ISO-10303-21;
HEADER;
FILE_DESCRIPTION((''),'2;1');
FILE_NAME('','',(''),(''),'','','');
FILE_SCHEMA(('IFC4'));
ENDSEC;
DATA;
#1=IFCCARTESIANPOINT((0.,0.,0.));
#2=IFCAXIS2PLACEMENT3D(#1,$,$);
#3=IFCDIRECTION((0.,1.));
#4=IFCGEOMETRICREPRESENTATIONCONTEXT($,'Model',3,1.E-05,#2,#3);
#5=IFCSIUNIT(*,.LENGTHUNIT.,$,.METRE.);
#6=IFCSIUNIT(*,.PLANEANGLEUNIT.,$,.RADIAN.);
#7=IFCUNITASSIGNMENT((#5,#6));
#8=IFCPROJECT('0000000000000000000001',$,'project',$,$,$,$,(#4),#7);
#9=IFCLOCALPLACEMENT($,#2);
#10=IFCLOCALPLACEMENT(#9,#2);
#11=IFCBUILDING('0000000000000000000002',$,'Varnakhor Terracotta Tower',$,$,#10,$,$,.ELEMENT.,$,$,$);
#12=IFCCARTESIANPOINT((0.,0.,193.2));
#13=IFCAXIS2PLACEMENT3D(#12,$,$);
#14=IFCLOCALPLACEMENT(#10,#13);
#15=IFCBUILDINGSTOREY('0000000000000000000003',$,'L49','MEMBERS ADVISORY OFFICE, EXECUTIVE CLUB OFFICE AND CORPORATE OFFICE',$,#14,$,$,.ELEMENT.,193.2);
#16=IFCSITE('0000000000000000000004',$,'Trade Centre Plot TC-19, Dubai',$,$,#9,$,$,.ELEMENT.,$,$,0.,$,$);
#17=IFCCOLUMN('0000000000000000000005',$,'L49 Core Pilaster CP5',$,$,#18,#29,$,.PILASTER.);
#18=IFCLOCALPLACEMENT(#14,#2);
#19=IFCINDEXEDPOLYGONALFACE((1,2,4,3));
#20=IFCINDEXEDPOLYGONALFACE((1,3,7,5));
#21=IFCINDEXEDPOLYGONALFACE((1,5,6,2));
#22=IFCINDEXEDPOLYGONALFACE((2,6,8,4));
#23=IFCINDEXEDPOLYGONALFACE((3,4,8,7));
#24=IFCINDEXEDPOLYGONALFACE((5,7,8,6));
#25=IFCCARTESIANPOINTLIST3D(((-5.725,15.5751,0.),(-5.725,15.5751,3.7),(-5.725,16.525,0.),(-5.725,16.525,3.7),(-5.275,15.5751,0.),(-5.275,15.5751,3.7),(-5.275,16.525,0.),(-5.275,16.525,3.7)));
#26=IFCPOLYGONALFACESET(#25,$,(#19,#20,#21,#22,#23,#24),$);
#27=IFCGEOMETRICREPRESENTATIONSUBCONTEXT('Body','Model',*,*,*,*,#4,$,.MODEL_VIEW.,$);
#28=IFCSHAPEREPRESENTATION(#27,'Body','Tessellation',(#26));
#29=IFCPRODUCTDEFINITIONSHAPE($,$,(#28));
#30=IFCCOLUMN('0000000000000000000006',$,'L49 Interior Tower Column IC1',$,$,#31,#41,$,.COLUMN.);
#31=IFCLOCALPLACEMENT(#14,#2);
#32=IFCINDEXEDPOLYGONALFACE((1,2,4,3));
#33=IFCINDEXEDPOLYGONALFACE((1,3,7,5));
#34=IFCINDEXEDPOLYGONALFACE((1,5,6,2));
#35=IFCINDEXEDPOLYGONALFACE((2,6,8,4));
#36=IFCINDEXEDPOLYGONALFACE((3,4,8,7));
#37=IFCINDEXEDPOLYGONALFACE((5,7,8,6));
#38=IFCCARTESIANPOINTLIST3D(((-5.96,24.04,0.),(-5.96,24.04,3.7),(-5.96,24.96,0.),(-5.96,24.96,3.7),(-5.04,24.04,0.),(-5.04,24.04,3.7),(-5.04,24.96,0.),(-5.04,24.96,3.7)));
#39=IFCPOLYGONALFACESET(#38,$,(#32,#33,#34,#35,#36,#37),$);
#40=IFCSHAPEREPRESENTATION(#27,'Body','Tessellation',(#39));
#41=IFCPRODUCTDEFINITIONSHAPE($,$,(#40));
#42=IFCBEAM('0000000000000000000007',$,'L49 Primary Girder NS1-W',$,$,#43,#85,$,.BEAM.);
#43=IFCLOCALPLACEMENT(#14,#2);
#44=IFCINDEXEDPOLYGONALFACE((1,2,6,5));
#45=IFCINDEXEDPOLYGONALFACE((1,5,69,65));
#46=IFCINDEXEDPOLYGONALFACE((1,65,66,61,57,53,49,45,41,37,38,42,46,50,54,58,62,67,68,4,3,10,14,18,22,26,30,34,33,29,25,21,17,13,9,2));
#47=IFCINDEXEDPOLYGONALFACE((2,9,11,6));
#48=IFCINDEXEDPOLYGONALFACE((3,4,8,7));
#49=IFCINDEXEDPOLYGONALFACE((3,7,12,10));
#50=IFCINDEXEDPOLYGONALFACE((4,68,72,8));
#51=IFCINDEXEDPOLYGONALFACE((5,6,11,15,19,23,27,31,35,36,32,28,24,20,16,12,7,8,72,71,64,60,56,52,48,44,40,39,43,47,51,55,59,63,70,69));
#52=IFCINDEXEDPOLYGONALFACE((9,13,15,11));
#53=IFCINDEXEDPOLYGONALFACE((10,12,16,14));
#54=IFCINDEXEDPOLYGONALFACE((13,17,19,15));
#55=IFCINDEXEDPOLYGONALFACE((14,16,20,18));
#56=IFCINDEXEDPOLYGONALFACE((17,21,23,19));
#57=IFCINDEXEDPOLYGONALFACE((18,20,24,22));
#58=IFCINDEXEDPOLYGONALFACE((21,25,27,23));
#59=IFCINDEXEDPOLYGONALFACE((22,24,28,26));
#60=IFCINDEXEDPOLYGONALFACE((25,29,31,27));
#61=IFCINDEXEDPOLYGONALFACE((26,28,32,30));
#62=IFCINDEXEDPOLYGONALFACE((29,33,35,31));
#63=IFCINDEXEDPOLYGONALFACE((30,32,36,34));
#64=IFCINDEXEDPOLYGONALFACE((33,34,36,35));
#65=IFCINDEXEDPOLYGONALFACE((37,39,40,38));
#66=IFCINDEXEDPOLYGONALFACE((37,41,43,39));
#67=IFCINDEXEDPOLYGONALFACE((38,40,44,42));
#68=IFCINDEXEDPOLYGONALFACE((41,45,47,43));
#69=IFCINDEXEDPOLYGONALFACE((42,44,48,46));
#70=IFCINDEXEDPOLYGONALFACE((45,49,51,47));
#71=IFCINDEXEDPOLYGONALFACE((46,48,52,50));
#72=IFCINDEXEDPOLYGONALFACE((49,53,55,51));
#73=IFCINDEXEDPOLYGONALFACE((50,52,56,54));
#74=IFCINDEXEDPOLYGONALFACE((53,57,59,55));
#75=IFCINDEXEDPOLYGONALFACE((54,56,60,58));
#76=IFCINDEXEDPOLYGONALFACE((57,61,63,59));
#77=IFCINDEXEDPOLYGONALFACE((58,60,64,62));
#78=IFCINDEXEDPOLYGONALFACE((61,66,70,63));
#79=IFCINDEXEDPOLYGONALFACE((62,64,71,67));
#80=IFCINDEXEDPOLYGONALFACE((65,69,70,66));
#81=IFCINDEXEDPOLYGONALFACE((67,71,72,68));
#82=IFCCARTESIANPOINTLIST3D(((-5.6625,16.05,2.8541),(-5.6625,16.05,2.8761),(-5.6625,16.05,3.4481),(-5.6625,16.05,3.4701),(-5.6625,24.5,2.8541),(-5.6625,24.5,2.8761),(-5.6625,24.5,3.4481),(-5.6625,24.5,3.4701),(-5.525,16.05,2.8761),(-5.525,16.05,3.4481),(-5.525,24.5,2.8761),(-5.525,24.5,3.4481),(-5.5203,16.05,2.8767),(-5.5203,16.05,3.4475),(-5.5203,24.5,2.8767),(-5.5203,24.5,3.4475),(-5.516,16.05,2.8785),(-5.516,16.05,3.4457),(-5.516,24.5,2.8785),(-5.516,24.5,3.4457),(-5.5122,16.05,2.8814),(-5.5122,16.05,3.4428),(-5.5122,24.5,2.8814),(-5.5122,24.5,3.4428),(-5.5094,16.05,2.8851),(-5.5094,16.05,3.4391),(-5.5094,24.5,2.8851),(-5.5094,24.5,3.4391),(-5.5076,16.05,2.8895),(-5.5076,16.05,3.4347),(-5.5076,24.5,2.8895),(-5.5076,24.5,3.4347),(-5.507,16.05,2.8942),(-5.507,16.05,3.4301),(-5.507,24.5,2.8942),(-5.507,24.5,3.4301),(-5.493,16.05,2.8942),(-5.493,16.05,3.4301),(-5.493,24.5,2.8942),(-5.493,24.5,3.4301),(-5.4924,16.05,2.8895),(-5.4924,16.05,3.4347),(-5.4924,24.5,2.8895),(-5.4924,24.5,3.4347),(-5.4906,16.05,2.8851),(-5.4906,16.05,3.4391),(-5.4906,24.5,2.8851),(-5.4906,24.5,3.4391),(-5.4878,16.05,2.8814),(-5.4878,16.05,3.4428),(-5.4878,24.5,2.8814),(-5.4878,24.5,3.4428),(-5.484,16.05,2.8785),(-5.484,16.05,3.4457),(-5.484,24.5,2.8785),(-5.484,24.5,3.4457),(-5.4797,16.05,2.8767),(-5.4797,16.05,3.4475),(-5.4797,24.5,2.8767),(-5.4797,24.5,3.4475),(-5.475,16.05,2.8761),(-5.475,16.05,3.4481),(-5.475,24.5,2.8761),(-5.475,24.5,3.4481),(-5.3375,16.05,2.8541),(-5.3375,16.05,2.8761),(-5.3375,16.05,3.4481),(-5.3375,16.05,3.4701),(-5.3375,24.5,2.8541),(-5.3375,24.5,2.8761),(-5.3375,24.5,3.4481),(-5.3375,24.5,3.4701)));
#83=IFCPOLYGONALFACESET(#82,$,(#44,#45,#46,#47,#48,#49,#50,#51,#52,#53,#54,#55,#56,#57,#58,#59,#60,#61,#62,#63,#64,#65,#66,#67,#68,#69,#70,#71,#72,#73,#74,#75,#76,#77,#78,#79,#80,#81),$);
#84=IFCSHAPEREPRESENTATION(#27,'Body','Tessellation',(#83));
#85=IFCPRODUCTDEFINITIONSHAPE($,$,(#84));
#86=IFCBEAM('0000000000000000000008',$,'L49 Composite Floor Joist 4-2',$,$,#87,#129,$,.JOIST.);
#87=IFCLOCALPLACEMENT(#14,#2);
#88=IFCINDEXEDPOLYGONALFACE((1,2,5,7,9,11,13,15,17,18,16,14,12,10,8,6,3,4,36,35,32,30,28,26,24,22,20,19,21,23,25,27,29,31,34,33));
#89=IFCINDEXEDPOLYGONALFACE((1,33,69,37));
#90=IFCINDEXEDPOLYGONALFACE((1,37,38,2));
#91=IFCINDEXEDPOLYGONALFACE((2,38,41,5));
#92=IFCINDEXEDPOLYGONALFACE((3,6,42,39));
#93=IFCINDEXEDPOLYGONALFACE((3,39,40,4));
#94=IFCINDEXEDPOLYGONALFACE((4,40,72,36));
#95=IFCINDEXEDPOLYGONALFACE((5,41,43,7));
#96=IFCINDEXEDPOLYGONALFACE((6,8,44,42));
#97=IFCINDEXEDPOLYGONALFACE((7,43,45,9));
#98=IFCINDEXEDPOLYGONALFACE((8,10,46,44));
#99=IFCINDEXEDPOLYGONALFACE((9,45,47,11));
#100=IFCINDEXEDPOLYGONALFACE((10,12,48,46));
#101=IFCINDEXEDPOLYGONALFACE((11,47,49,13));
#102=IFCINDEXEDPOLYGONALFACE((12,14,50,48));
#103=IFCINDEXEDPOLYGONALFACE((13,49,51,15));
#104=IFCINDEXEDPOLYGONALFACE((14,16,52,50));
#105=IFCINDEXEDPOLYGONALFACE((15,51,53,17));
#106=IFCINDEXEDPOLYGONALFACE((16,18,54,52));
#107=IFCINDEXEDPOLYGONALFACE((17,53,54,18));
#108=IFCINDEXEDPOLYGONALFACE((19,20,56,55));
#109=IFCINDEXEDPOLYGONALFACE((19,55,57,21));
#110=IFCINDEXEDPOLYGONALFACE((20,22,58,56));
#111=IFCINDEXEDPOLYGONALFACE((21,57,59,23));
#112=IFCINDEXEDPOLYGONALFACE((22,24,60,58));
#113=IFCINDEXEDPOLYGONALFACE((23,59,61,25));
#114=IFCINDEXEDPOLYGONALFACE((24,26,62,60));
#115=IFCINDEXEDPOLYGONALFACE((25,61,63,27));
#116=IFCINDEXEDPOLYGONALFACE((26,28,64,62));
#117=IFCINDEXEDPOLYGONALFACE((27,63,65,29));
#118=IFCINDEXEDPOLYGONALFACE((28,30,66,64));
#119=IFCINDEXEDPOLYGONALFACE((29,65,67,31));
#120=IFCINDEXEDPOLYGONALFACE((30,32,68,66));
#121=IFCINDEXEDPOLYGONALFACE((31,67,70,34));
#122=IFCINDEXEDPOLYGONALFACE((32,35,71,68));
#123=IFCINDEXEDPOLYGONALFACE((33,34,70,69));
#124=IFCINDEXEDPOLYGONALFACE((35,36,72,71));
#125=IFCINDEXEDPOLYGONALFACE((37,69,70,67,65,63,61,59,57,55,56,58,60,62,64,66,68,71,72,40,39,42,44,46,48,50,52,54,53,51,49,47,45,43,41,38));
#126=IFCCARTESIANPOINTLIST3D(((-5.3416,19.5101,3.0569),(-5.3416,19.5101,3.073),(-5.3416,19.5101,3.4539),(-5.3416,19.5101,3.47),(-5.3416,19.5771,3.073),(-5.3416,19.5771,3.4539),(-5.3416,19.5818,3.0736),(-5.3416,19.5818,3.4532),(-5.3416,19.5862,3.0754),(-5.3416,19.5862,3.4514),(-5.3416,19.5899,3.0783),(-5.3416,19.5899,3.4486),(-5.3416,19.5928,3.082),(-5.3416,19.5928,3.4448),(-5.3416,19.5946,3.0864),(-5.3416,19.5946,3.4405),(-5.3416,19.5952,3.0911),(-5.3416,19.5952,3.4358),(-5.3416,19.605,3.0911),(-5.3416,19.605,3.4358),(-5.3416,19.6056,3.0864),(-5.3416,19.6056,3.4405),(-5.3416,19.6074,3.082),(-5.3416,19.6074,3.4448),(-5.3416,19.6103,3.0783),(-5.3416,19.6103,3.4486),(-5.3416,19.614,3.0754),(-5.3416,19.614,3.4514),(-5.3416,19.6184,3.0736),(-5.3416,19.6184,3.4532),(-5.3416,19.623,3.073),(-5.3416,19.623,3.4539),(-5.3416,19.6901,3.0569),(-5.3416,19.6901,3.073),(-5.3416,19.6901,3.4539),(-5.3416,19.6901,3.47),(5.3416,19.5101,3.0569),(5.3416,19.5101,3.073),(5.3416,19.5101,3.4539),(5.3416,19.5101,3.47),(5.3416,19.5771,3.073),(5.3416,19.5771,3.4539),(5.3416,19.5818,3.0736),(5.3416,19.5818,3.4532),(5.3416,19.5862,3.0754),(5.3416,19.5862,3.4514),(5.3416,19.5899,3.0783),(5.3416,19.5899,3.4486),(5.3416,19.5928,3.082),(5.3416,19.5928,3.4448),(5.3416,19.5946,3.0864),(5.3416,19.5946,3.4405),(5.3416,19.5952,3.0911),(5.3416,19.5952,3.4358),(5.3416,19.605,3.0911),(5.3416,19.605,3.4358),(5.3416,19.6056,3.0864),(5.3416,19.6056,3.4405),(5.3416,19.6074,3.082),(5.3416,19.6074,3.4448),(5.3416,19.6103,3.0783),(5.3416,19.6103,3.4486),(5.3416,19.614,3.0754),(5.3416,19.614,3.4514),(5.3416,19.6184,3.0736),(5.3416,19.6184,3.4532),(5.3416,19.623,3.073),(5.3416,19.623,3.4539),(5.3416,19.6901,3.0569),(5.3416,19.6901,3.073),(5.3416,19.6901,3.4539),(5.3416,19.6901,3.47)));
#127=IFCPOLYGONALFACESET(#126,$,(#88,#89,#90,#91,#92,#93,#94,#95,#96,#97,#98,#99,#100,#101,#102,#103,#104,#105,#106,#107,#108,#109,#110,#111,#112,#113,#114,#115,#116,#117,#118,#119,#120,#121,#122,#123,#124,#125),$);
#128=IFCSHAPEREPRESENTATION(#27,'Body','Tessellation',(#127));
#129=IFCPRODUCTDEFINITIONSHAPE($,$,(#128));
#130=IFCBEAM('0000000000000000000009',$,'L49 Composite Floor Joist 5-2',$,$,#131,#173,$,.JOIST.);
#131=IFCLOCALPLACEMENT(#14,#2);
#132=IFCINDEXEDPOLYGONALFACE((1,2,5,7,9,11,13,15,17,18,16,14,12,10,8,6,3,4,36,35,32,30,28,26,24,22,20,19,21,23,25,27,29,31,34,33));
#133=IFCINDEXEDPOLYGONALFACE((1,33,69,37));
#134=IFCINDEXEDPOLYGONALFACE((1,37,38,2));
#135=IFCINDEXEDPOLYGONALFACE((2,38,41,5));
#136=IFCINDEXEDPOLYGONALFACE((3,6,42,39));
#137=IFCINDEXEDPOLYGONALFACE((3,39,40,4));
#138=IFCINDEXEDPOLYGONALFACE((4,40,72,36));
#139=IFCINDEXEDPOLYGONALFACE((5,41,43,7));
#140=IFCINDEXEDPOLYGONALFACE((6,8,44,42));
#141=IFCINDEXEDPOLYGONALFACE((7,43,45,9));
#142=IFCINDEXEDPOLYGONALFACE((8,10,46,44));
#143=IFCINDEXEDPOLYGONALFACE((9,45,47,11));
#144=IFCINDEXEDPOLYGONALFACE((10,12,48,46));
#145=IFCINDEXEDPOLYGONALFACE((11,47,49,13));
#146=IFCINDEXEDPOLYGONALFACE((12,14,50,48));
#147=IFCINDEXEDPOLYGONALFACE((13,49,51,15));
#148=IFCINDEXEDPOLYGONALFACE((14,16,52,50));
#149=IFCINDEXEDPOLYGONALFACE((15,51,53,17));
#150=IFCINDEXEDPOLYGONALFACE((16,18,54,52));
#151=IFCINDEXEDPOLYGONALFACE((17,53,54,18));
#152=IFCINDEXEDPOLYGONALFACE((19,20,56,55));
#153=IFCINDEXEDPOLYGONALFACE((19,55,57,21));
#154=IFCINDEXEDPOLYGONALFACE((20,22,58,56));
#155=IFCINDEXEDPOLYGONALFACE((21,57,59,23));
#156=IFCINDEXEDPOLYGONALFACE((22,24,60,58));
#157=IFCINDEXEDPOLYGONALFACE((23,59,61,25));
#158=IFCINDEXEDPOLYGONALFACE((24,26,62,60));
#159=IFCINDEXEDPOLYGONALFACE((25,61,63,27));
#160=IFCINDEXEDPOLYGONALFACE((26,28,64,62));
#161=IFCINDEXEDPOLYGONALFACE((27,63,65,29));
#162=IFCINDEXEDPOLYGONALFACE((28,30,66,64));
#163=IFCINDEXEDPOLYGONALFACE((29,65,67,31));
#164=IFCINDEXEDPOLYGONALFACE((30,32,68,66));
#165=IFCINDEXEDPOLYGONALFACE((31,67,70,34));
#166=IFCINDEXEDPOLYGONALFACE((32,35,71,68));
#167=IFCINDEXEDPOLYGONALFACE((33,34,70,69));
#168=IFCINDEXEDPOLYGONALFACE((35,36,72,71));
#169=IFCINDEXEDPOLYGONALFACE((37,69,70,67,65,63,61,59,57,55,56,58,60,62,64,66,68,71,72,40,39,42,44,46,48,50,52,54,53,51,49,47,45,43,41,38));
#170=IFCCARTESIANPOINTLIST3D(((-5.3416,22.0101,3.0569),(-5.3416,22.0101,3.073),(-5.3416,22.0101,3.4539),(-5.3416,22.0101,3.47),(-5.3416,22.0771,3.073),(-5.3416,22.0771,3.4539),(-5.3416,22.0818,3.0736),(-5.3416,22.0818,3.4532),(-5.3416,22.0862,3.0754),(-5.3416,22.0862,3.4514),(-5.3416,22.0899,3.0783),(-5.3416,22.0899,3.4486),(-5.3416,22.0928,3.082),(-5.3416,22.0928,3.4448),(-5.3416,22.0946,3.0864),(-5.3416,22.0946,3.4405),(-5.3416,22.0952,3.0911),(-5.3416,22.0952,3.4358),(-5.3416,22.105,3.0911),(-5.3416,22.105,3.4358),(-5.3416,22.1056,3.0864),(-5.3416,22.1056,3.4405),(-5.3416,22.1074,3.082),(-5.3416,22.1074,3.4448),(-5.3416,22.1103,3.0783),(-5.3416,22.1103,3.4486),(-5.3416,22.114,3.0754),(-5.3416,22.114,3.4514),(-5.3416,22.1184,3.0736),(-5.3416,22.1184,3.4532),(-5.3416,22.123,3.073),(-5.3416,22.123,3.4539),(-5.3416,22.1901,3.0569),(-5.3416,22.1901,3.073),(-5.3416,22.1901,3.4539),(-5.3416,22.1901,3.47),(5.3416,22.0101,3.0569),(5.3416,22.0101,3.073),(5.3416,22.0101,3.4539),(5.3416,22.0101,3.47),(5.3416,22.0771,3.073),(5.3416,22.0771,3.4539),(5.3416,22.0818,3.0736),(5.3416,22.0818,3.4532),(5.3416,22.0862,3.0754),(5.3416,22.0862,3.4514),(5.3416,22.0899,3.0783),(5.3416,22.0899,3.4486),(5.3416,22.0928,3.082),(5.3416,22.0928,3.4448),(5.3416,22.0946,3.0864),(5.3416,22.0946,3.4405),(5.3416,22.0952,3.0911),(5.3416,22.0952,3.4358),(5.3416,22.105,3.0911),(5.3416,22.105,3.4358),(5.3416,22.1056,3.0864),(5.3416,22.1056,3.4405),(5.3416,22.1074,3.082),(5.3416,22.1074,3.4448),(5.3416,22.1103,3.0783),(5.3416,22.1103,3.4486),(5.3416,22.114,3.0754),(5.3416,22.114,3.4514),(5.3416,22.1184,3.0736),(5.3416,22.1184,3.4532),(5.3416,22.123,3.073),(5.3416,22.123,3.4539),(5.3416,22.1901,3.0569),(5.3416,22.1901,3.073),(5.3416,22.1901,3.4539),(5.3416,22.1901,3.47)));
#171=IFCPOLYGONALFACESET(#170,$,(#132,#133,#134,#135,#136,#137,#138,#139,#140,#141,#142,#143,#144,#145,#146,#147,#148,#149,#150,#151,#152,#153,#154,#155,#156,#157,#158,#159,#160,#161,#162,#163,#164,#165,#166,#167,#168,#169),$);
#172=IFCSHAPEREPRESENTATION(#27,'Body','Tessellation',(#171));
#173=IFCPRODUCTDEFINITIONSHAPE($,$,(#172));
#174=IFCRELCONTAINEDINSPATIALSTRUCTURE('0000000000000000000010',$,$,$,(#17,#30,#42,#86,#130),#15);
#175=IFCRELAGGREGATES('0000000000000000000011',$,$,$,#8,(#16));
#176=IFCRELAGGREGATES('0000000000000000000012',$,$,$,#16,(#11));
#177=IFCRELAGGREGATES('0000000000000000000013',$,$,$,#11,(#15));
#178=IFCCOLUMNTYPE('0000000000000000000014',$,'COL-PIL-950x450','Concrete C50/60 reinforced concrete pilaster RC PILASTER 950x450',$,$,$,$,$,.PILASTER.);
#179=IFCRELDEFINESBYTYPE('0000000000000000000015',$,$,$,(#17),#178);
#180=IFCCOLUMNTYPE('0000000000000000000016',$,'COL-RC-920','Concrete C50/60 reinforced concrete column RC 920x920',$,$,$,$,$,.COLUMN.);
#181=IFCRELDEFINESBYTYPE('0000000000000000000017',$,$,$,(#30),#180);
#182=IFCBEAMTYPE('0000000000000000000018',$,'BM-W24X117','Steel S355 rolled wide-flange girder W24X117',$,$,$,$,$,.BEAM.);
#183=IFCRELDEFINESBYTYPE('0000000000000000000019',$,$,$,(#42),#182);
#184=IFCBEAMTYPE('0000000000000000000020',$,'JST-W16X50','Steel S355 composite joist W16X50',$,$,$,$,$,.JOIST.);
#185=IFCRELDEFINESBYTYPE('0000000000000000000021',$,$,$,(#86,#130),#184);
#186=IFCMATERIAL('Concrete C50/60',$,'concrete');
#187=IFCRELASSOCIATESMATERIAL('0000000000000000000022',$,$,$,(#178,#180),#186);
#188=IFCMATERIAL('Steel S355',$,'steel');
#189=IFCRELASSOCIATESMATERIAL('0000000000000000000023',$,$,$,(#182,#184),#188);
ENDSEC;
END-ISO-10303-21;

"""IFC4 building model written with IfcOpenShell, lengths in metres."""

from ifc_helpers import new_model, si_unit, direction, frame, origin, origin_2d, place, context, subcontext, project, spatial, rectangle, i_section, extrude, source, transform, mapped, material, material_profile, profile_set, type_object, type_shapes, element, save


model = new_model("IFC4")

# Units and contexts
model_context = context("Model", 3, precision=1e-05, world=origin(), true_north=direction((0.0, 1.0)))
body_context = subcontext(model_context, "Body", "Model", "MODEL_VIEW")
ifc_project = project(units=[si_unit("LENGTHUNIT", "METRE"), si_unit("PLANEANGLEUNIT", "RADIAN")], contexts=[model_context])

# Site, building, storey
site_placement = place(None, origin())
site = spatial("IfcSite", under=ifc_project, at=site_placement, Name="Trade Centre Plot TC-19, Dubai", CompositionType="ELEMENT", RefElevation=0.0)
building_placement = place(site_placement, origin())
building = spatial("IfcBuilding", under=site, at=building_placement, Name="Varnakhor Terracotta Tower", CompositionType="ELEMENT")
storey_placement = place(building_placement, frame((0.0, 0.0, 193.2)))
storey = spatial("IfcBuildingStorey", under=building, at=storey_placement, Name="L49", Description="MEMBERS ADVISORY OFFICE, EXECUTIVE CLUB OFFICE AND CORPORATE OFFICE", CompositionType="ELEMENT", Elevation=193.2)

# Columns
ifc_material_1 = material(Name="Concrete C50/60", Category="concrete")
ifc_material_profile_1 = material_profile(ifc_material_1, rectangle(XDim=0.45, YDim=0.95, at=origin_2d()), Name="RC PILASTER 950x450")
ifc_profile_set_1 = profile_set([ifc_material_profile_1], Name="Concrete C50/60")
column_type_1 = type_object("IfcColumnType", Name="COL-PIL-950x450", Description="Concrete C50/60 reinforced concrete pilaster RC PILASTER 950x450", PredefinedType="PILASTER", material=ifc_profile_set_1)
shared_shape_1 = source(origin(), body_context, "Body", "SweptSolid", [
    extrude(rectangle(XDim=0.45, YDim=0.95, at=origin_2d()), origin(), (0.0, 0.0, 1.0), 3.7),
])
column_1_placement = place(storey_placement, frame((-5.5, 16.05, 0.0), z_axis=(0.0, 0.0, 1.0), x_axis=(1.0, 0.0, 0.0)))
element("IfcColumn", 1, at=column_1_placement, inside=storey, type_object=column_type_1, Name="L49 Core Pilaster CP5", PredefinedType="PILASTER", context=body_context, shape_type="MappedRepresentation", body=[
    mapped(shared_shape_1, transform((0.0, 0.0, 0.0), scale=1.0)),
])
ifc_material_profile_2 = material_profile(ifc_material_1, rectangle(XDim=0.9199, YDim=0.9199, at=origin_2d()), Name="RC 920x920")
ifc_profile_set_2 = profile_set([ifc_material_profile_2], Name="Concrete C50/60")
column_type_2 = type_object("IfcColumnType", Name="COL-RC-920", Description="Concrete C50/60 reinforced concrete column RC 920x920", PredefinedType="COLUMN", material=ifc_profile_set_2)
shared_shape_2 = source(origin(), body_context, "Body", "SweptSolid", [
    extrude(rectangle(XDim=0.9199, YDim=0.9199, at=origin_2d()), origin(), (0.0, 0.0, 1.0), 3.7),
])
column_2_placement = place(storey_placement, frame((-5.5, 24.5, 0.0), z_axis=(0.0, 0.0, 1.0), x_axis=(1.0, 0.0, 0.0)))
element("IfcColumn", 2, at=column_2_placement, inside=storey, type_object=column_type_2, Name="L49 Interior Tower Column IC1", PredefinedType="COLUMN", context=body_context, shape_type="MappedRepresentation", body=[
    mapped(shared_shape_2, transform((0.0, 0.0, 0.0), scale=1.0)),
])

# Beams
ifc_material_2 = material(Name="Steel S355", Category="steel")
ifc_material_profile_3 = material_profile(ifc_material_2, i_section(OverallWidth=0.325, OverallDepth=0.616, WebThickness=0.0139, FlangeThickness=0.022, FilletRadius=0.0181, at=origin_2d()), Name="W24X117")
ifc_profile_set_3 = profile_set([ifc_material_profile_3], Name="Steel S355")
beam_type_1 = type_object("IfcBeamType", Name="BM-W24X117", Description="Steel S355 rolled wide-flange girder W24X117", PredefinedType="BEAM", material=ifc_profile_set_3)
shared_shape_3 = source(origin(), body_context, "Body", "SweptSolid", [
    extrude(i_section(OverallWidth=0.325, OverallDepth=0.616, WebThickness=0.0139, FlangeThickness=0.022, FilletRadius=0.0181, at=origin_2d()), origin(), (0.0, 0.0, 1.0), 8.45),
])
type_shapes(beam_type_1, [shared_shape_3])
beam_placement = place(storey_placement, frame((-5.5, 16.05, 3.1621), z_axis=(0.0, 1.0, 0.0), x_axis=(-1.0, 0.0, 0.0)))
element("IfcBeam", 3, at=beam_placement, inside=storey, type_object=beam_type_1, Name="L49 Primary Girder NS1-W", PredefinedType="BEAM", context=body_context, shape_type="MappedRepresentation", body=[
    mapped(shared_shape_3, transform((0.0, 0.0, 0.0), scale=1.0)),
])
ifc_material_profile_4 = material_profile(ifc_material_2, i_section(OverallWidth=0.1799, OverallDepth=0.4131, WebThickness=0.0098, FlangeThickness=0.0161, FilletRadius=0.0181, at=origin_2d()), Name="W16X50")
ifc_profile_set_4 = profile_set([ifc_material_profile_4], Name="Steel S355")
beam_type_2 = type_object("IfcBeamType", Name="JST-W16X50", Description="Steel S355 composite joist W16X50", PredefinedType="JOIST", material=ifc_profile_set_4)
shared_shape_4 = source(origin(), body_context, "Body", "SweptSolid", [
    extrude(i_section(OverallWidth=0.1799, OverallDepth=0.4131, WebThickness=0.0098, FlangeThickness=0.0161, FilletRadius=0.0181, at=origin_2d()), origin(), (0.0, 0.0, 1.0), 10.6831),
])
for number, where, z_axis, x_axis, name in (
    (4, (-5.3416, 19.6001, 3.2634), (1.0, 0.0, 0.0), (0.0, 1.0, 0.0), "L49 Composite Floor Joist 4-2"),
    (5, (-5.3416, 22.1001, 3.2634), (1.0, 0.0, 0.0), (0.0, 1.0, 0.0), "L49 Composite Floor Joist 5-2"),
):
    element("IfcBeam", number, at=place(storey_placement, frame(where, z_axis=z_axis, x_axis=x_axis)), inside=storey, type_object=beam_type_2, Name=name, PredefinedType="JOIST", context=body_context, shape_type="MappedRepresentation", body=[
        mapped(shared_shape_4, transform((0.0, 0.0, 0.0), scale=1.0)),
    ])

save(model, "model.ifc")
